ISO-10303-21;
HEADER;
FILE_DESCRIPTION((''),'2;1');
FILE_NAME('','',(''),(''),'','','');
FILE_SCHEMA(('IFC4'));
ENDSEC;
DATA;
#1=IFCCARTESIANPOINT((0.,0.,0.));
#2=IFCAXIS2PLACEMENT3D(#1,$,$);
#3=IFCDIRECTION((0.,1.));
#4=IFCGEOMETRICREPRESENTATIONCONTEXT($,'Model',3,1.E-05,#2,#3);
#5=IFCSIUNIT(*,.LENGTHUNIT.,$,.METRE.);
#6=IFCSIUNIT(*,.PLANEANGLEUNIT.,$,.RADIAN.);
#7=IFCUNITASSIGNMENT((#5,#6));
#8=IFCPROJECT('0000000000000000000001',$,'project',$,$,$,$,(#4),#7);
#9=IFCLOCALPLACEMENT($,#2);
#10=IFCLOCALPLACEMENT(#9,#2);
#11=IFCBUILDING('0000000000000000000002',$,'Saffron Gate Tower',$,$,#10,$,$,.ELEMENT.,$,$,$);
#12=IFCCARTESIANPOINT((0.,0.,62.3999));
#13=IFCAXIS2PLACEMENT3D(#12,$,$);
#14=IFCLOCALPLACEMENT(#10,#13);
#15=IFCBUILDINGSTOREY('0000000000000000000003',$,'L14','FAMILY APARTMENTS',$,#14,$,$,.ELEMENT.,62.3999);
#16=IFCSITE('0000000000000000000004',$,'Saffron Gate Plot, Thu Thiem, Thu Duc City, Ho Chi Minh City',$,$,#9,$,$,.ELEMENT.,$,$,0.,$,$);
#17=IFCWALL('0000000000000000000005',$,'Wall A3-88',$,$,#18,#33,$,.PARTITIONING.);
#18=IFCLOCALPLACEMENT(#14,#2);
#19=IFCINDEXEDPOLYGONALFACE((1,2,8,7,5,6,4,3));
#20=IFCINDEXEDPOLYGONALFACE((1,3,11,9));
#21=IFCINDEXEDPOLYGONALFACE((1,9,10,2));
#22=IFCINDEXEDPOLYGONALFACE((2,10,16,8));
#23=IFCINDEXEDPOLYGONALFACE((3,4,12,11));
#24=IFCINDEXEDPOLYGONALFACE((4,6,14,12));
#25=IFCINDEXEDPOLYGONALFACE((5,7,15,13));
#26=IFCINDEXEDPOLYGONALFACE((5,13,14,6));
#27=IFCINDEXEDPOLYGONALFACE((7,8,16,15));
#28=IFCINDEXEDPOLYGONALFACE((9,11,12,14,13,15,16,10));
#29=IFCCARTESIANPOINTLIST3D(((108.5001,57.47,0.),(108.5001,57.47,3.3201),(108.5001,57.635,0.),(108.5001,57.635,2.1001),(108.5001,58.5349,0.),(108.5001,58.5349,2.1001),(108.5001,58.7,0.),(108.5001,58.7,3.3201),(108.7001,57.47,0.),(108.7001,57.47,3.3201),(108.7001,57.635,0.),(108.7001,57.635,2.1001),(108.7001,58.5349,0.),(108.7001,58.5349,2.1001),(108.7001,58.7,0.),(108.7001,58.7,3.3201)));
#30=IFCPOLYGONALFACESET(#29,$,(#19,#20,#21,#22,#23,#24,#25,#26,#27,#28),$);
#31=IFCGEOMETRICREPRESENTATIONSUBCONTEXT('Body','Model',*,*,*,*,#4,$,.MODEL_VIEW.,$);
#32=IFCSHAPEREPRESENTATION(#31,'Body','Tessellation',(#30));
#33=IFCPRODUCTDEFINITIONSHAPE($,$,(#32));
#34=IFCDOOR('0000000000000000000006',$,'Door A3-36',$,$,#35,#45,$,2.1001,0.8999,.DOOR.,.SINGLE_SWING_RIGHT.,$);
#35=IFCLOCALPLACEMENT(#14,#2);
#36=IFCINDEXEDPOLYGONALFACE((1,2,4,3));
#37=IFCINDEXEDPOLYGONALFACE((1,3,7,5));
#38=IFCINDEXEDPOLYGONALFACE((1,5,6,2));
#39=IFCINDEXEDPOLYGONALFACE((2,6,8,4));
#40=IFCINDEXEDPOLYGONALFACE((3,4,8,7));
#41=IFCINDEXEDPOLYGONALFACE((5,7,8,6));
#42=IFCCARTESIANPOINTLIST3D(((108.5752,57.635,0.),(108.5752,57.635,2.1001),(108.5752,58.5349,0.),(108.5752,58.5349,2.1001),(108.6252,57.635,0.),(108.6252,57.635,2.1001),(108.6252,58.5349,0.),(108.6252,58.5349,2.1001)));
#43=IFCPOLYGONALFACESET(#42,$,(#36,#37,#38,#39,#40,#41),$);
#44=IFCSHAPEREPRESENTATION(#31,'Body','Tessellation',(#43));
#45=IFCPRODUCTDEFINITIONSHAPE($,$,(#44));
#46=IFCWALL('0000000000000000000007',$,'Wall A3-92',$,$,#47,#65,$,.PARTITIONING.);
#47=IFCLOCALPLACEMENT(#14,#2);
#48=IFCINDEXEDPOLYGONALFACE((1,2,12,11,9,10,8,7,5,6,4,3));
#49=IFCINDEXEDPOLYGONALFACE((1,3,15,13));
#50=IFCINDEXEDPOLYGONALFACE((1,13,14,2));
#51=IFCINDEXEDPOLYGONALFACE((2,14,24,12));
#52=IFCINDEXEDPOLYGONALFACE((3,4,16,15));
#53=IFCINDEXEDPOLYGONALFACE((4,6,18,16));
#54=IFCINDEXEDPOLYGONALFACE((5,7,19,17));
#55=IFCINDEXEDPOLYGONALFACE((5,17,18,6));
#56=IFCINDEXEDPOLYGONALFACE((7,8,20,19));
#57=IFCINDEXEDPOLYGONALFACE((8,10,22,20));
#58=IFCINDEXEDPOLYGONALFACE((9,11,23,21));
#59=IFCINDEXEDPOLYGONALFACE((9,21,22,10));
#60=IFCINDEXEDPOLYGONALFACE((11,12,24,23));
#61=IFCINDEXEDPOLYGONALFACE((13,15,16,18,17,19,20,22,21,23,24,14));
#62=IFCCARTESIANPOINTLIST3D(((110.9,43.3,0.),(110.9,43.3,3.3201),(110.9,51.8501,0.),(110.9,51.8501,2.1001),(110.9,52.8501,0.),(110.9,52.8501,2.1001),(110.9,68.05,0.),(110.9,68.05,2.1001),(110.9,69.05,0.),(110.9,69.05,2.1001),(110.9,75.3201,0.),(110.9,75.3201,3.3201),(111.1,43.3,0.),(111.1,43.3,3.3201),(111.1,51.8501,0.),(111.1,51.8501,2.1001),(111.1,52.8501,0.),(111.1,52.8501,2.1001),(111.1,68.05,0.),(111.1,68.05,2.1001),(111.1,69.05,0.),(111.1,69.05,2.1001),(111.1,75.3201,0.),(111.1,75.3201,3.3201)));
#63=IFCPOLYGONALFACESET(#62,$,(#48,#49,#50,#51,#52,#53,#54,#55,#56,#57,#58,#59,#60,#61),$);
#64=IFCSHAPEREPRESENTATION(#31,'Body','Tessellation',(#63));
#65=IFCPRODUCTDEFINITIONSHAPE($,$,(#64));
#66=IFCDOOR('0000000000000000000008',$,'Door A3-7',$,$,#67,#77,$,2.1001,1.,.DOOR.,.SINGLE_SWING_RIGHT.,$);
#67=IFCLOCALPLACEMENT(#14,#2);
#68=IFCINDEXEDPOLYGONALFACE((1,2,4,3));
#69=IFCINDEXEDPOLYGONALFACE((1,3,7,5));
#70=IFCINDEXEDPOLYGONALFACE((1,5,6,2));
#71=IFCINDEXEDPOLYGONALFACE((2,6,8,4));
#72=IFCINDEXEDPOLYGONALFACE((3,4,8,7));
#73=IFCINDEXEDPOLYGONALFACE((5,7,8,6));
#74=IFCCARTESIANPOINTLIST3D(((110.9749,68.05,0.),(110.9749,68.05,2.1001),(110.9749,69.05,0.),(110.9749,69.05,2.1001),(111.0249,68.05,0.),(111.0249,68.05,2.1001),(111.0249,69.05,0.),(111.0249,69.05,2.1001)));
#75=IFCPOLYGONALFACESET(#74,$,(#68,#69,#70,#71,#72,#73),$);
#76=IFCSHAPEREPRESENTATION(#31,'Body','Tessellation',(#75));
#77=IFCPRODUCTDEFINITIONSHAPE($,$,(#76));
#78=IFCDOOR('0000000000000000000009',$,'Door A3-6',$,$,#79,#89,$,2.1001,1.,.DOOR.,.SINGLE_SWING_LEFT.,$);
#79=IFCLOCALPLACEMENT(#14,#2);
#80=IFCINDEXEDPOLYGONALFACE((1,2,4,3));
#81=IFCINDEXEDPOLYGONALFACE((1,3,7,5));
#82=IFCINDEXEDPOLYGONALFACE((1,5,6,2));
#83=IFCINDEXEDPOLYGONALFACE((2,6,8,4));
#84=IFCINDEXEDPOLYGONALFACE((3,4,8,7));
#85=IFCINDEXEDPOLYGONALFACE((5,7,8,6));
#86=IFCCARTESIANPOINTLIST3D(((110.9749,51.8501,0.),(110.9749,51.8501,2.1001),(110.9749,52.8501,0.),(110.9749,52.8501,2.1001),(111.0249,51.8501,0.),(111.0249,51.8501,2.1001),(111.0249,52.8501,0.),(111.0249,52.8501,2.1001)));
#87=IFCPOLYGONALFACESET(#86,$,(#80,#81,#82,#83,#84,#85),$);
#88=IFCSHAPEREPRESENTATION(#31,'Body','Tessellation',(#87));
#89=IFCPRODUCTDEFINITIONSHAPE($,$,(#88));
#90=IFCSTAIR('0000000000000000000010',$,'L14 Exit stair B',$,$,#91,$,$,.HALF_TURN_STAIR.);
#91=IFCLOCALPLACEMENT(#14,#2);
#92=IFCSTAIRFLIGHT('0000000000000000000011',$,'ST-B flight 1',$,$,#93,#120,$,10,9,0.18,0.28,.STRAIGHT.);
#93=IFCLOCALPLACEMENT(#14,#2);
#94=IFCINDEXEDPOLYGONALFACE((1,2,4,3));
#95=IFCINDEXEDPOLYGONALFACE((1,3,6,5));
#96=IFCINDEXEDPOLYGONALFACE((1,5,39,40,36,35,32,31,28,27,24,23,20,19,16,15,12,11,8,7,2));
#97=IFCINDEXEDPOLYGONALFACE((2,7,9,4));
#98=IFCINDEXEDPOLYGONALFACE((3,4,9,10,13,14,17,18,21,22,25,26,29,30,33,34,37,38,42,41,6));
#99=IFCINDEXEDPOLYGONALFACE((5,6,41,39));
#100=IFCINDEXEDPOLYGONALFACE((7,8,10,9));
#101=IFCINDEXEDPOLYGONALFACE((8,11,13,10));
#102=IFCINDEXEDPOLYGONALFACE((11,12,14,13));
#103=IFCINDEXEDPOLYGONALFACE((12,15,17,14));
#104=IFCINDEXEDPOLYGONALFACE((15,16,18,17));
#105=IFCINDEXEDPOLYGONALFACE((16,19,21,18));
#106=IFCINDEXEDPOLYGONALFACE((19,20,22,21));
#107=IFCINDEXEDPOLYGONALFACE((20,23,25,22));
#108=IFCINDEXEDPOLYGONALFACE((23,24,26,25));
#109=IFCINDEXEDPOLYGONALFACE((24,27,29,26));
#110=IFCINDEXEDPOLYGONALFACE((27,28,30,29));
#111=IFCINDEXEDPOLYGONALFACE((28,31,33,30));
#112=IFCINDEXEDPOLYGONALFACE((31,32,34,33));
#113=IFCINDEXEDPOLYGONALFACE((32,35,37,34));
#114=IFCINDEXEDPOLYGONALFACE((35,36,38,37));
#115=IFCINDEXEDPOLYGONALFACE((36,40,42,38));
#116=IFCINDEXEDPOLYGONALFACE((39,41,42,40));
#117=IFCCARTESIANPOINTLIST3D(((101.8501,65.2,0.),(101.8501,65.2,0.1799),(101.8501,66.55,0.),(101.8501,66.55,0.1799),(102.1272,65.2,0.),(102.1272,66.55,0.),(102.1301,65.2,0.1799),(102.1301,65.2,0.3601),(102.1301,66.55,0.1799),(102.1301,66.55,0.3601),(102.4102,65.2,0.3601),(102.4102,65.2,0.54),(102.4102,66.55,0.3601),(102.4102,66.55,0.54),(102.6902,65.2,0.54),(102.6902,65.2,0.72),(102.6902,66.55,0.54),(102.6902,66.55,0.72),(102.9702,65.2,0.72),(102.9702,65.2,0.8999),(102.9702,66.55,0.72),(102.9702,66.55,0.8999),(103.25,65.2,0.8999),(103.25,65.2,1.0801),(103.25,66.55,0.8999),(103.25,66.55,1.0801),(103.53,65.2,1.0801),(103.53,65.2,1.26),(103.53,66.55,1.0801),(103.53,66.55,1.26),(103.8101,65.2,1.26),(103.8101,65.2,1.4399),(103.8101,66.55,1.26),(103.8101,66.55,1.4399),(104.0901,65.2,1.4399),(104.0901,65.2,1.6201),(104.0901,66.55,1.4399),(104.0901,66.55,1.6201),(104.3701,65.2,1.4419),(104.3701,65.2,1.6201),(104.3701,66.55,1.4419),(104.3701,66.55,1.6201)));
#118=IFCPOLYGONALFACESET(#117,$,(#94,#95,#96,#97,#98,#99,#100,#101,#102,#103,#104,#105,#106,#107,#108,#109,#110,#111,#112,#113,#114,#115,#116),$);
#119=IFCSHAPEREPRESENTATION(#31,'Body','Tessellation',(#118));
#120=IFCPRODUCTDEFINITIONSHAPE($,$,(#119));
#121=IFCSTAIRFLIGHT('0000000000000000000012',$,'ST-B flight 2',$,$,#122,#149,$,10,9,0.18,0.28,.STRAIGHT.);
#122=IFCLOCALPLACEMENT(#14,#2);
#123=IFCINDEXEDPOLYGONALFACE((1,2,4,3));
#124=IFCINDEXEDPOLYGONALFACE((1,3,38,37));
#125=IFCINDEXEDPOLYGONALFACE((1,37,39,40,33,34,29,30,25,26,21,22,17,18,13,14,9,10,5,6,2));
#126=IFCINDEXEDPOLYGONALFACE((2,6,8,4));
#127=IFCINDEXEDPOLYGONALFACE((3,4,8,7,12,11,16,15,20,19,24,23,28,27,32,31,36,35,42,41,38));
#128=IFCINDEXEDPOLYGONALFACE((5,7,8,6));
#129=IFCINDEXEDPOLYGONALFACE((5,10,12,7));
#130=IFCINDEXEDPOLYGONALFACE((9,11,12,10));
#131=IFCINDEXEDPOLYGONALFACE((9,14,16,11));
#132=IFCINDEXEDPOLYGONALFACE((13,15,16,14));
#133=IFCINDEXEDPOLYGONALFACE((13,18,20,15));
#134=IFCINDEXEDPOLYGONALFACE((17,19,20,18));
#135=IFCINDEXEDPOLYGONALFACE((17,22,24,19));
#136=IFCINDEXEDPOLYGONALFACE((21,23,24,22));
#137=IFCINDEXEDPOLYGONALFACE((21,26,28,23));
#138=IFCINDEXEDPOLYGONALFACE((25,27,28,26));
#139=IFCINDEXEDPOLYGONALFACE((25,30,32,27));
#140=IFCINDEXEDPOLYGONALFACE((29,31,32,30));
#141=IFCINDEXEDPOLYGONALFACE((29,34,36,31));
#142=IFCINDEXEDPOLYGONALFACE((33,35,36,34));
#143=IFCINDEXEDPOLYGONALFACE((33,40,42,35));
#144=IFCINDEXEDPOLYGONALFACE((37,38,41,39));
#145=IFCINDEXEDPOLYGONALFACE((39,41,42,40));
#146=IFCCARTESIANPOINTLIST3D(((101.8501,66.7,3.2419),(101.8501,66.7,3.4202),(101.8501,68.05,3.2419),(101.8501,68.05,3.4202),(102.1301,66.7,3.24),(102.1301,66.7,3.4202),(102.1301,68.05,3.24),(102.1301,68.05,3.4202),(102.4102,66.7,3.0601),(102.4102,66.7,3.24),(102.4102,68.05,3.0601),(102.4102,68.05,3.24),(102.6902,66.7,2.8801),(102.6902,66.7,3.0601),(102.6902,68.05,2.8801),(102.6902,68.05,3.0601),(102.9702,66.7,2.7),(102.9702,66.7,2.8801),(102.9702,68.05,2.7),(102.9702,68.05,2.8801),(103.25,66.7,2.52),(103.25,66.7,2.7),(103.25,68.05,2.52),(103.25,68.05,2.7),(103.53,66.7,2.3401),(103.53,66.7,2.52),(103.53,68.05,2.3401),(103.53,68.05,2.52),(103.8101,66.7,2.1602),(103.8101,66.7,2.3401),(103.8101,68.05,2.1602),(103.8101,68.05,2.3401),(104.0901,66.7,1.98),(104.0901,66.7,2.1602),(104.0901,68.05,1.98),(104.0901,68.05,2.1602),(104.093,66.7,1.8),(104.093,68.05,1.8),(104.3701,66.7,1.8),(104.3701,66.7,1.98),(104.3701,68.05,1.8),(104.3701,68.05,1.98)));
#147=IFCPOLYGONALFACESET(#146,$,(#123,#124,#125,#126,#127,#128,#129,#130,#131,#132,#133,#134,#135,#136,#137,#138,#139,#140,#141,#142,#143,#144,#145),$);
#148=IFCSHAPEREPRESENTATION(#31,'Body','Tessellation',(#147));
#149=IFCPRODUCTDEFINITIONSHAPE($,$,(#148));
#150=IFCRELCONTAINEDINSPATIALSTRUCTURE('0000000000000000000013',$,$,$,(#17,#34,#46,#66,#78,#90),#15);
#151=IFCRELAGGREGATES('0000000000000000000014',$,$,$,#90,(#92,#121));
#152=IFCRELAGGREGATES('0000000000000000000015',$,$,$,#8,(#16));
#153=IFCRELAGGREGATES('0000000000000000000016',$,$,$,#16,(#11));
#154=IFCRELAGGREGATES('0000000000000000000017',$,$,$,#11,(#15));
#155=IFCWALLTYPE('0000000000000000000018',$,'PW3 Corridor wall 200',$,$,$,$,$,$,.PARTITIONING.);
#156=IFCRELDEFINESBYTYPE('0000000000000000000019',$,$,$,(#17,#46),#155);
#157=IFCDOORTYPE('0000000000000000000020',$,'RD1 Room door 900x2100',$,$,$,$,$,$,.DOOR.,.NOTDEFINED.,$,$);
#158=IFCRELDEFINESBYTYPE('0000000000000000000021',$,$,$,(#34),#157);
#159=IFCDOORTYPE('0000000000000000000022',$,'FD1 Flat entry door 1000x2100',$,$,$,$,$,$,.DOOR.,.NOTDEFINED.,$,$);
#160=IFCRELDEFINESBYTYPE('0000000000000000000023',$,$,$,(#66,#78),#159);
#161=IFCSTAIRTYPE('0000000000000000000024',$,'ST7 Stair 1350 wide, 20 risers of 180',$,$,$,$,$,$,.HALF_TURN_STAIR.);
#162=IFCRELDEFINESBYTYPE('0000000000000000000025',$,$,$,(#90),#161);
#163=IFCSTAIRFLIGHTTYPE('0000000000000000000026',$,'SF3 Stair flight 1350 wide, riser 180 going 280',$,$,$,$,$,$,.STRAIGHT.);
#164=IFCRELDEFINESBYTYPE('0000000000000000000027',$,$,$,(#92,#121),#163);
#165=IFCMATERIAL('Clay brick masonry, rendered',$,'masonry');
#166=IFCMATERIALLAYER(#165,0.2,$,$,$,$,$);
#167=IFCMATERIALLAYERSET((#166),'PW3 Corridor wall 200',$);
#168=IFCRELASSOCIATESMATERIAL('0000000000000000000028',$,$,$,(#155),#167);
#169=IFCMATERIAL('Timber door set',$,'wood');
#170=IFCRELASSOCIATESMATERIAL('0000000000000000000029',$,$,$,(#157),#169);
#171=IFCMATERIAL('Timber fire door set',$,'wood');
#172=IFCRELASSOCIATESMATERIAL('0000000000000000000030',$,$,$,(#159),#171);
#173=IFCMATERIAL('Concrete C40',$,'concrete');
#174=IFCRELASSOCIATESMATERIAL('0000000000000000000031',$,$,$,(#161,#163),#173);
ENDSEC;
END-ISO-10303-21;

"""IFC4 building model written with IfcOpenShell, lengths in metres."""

from ifc_helpers import new_model, si_unit, direction, frame, frame_2d, origin, place, context, subcontext, project, spatial, polyline, rectangle, outline, extrude, material, layer, layer_set, type_object, element, fill, aggregate, save


model = new_model("IFC4")

# Units and contexts
model_context = context("Model", 3, precision=1e-05, world=origin(), true_north=direction((0.0, 1.0)))
body_context = subcontext(model_context, "Body", "Model", "MODEL_VIEW")
ifc_project = project(units=[si_unit("LENGTHUNIT", "METRE"), si_unit("PLANEANGLEUNIT", "RADIAN")], contexts=[model_context])

# Site, building, storey
site_placement = place(None, origin())
site = spatial("IfcSite", under=ifc_project, at=site_placement, Name="Saffron Gate Plot, Thu Thiem, Thu Duc City, Ho Chi Minh City", CompositionType="ELEMENT", RefElevation=0.0)
building_placement = place(site_placement, origin())
building = spatial("IfcBuilding", under=site, at=building_placement, Name="Saffron Gate Tower", CompositionType="ELEMENT")
storey_placement = place(building_placement, frame((0.0, 0.0, 62.3999)))
storey = spatial("IfcBuildingStorey", under=building, at=storey_placement, Name="L14", Description="FAMILY APARTMENTS", CompositionType="ELEMENT", Elevation=62.3999)

# Shared definitions
ifc_material_1 = material(Name="Timber door set", Category="wood")

# Shared definitions
ifc_material_2 = material(Name="Clay brick masonry, rendered", Category="masonry")

# Wall, opening, door
ifc_layer_1 = layer(ifc_material_2, 0.2)
ifc_layer_set_1 = layer_set([ifc_layer_1], Name="PW3 Corridor wall 200")
wall_type_1 = type_object("IfcWallType", Name="PW3 Corridor wall 200", PredefinedType="PARTITIONING", material=ifc_layer_set_1)
wall_1_placement = place(storey_placement, frame((108.6001, 57.47, 0.0), z_axis=(0.0, 0.0, 1.0), x_axis=(0.0, 1.0, 0.0)))
wall_1 = element("IfcWall", 1, at=wall_1_placement, inside=storey, type_object=wall_type_1, Name="Wall A3-88", PredefinedType="PARTITIONING", context=body_context, shape_type="SweptSolid", body=[
    extrude(rectangle(XDim=1.23, YDim=0.2, at=frame_2d((0.615, 0.0))), origin(), (0.0, 0.0, 1.0), 3.3201),
])
opening_1_placement = place(wall_1_placement, frame((0.165, 0.0, 0.0)))
opening_1 = element("IfcOpeningElement", 2, at=opening_1_placement, cuts=wall_1, PredefinedType="OPENING", context=body_context, shape_type="SweptSolid", body=[
    extrude(rectangle(XDim=0.8999, YDim=2.1001, at=frame_2d((0.45, 1.05))), frame((0.0, 0.1099, 0.0), z_axis=(0.0, -1.0, 0.0), x_axis=(1.0, 0.0, 0.0)), (0.0, 0.0, 1.0), 0.22),
])
door_type_1 = type_object("IfcDoorType", Name="RD1 Room door 900x2100", OperationType="NOTDEFINED", PredefinedType="DOOR", material=ifc_material_1)
door_1_placement = place(opening_1_placement, origin())
door_1 = element("IfcDoor", 3, at=door_1_placement, inside=storey, type_object=door_type_1, Name="Door A3-36", OperationType="SINGLE_SWING_RIGHT", OverallHeight=2.1001, OverallWidth=0.8999, PredefinedType="DOOR", context=body_context, shape_type="SweptSolid", body=[
    extrude(rectangle(XDim=0.8999, YDim=2.1001, at=frame_2d((0.45, 1.05))), frame((0.0, 0.0249, 0.0), z_axis=(0.0, -1.0, 0.0), x_axis=(1.0, 0.0, 0.0)), (0.0, 0.0, 1.0), 0.05),
])
fill(opening_1, door_1)

# Wall, openings, doors
wall_2_placement = place(storey_placement, frame((111.0, 75.3201, 0.0), z_axis=(0.0, 0.0, 1.0), x_axis=(0.0, -1.0, 0.0)))
wall_2 = element("IfcWall", 4, at=wall_2_placement, inside=storey, type_object=wall_type_1, Name="Wall A3-92", PredefinedType="PARTITIONING", context=body_context, shape_type="SweptSolid", body=[
    extrude(rectangle(XDim=32.02, YDim=0.2, at=frame_2d((16.01, 0.0))), origin(), (0.0, 0.0, 1.0), 3.3201),
])
opening_2_placement = place(wall_2_placement, frame((6.27, 0.0, 0.0)))
opening_2 = element("IfcOpeningElement", 5, at=opening_2_placement, cuts=wall_2, PredefinedType="OPENING", context=body_context, shape_type="SweptSolid", body=[
    extrude(rectangle(XDim=1.0, YDim=2.1001, at=frame_2d((0.5, 1.05))), frame((0.0, 0.1099, 0.0), z_axis=(0.0, -1.0, 0.0), x_axis=(1.0, 0.0, 0.0)), (0.0, 0.0, 1.0), 0.22),
])
opening_3_placement = place(wall_2_placement, frame((22.47, 0.0, 0.0)))
opening_3 = element("IfcOpeningElement", 6, at=opening_3_placement, cuts=wall_2, PredefinedType="OPENING", context=body_context, shape_type="SweptSolid", body=[
    extrude(rectangle(XDim=1.0, YDim=2.1001, at=frame_2d((0.5, 1.05))), frame((0.0, 0.1099, 0.0), z_axis=(0.0, -1.0, 0.0), x_axis=(1.0, 0.0, 0.0)), (0.0, 0.0, 1.0), 0.22),
])
ifc_material_3 = material(Name="Timber fire door set", Category="wood")
door_type_2 = type_object("IfcDoorType", Name="FD1 Flat entry door 1000x2100", OperationType="NOTDEFINED", PredefinedType="DOOR", material=ifc_material_3)
door_2_placement = place(opening_2_placement, origin())
door_2 = element("IfcDoor", 7, at=door_2_placement, inside=storey, type_object=door_type_2, Name="Door A3-7", OperationType="SINGLE_SWING_RIGHT", OverallHeight=2.1001, OverallWidth=1.0, PredefinedType="DOOR", context=body_context, shape_type="SweptSolid", body=[
    extrude(rectangle(XDim=1.0, YDim=2.1001, at=frame_2d((0.5, 1.05))), frame((0.0, 0.0249, 0.0), z_axis=(0.0, -1.0, 0.0), x_axis=(1.0, 0.0, 0.0)), (0.0, 0.0, 1.0), 0.05),
])
fill(opening_2, door_2)
door_3_placement = place(opening_3_placement, origin())
door_3 = element("IfcDoor", 8, at=door_3_placement, inside=storey, type_object=door_type_2, Name="Door A3-6", OperationType="SINGLE_SWING_LEFT", OverallHeight=2.1001, OverallWidth=1.0, PredefinedType="DOOR", context=body_context, shape_type="SweptSolid", body=[
    extrude(rectangle(XDim=1.0, YDim=2.1001, at=frame_2d((0.5, 1.05))), frame((0.0, 0.0249, 0.0), z_axis=(0.0, -1.0, 0.0), x_axis=(1.0, 0.0, 0.0)), (0.0, 0.0, 1.0), 0.05),
])
fill(opening_3, door_3)

# Stair, stair flights
ifc_material_4 = material(Name="Concrete C40", Category="concrete")
stair_type = type_object("IfcStairType", Name="ST7 Stair 1350 wide, 20 risers of 180", PredefinedType="HALF_TURN_STAIR", material=ifc_material_4)
stair_placement = place(storey_placement, origin())
stair = element("IfcStair", 9, at=stair_placement, inside=storey, type_object=stair_type, Name="L14 Exit stair B", PredefinedType="HALF_TURN_STAIR")
stair_flight_type = type_object("IfcStairFlightType", Name="SF3 Stair flight 1350 wide, riser 180 going 280", PredefinedType="STRAIGHT", material=ifc_material_4)
stair_flight_1_placement = place(storey_placement, frame((101.8501, 65.875, 0.0), z_axis=(0.0, 0.0, 1.0), x_axis=(1.0, 0.0, 0.0)))
stair_flight_1 = element("IfcStairFlight", 10, at=stair_flight_1_placement, type_object=stair_flight_type, Name="ST-B flight 1", NumberOfRisers=10, NumberOfTreads=9, PredefinedType="STRAIGHT", RiserHeight=0.18, TreadLength=0.28, context=body_context, shape_type="SweptSolid", body=[
    extrude(outline(polyline([(0.0, 0.0), (0.0, 0.1799), (0.28, 0.1799), (0.28, 0.3601), (0.5601, 0.3601), (0.5601, 0.54), (0.8401, 0.54), (0.8401, 0.72), (1.1201, 0.72), (1.1201, 0.8999), (1.3999, 0.8999), (1.3999, 1.0801), (1.6799, 1.0801), (1.6799, 1.26), (1.96, 1.26), (1.96, 1.4399), (2.24, 1.4399), (2.24, 1.6201), (2.52, 1.6201), (2.52, 1.8), (2.52, 1.4419), (0.2771, 0.0), (0.0, 0.0)])), frame((0.0, 0.675, 0.0), z_axis=(0.0, -1.0, 0.0), x_axis=(1.0, 0.0, 0.0)), (0.0, 0.0, 1.0), 1.3501),
])
stair_flight_2_placement = place(storey_placement, frame((104.3701, 67.375, 1.8), z_axis=(0.0, 0.0, 1.0), x_axis=(-1.0, 0.0, 0.0)))
stair_flight_2 = element("IfcStairFlight", 11, at=stair_flight_2_placement, type_object=stair_flight_type, Name="ST-B flight 2", NumberOfRisers=10, NumberOfTreads=9, PredefinedType="STRAIGHT", RiserHeight=0.18, TreadLength=0.28, context=body_context, shape_type="SweptSolid", body=[
    extrude(outline(polyline([(0.0, 0.0), (0.0, 0.1799), (0.28, 0.1799), (0.28, 0.3601), (0.5601, 0.3601), (0.5601, 0.54), (0.8401, 0.54), (0.8401, 0.72), (1.1201, 0.72), (1.1201, 0.8999), (1.3999, 0.8999), (1.3999, 1.0801), (1.6799, 1.0801), (1.6799, 1.26), (1.96, 1.26), (1.96, 1.4399), (2.24, 1.4399), (2.24, 1.6201), (2.52, 1.6201), (2.52, 1.8), (2.52, 1.4419), (0.2771, 0.0), (0.0, 0.0)])), frame((0.0, 0.675, 0.0), z_axis=(0.0, -1.0, 0.0), x_axis=(1.0, 0.0, 0.0)), (0.0, 0.0, 1.0), 1.3501),
])
aggregate(stair, [stair_flight_1, stair_flight_2])

save(model, "model.ifc")
